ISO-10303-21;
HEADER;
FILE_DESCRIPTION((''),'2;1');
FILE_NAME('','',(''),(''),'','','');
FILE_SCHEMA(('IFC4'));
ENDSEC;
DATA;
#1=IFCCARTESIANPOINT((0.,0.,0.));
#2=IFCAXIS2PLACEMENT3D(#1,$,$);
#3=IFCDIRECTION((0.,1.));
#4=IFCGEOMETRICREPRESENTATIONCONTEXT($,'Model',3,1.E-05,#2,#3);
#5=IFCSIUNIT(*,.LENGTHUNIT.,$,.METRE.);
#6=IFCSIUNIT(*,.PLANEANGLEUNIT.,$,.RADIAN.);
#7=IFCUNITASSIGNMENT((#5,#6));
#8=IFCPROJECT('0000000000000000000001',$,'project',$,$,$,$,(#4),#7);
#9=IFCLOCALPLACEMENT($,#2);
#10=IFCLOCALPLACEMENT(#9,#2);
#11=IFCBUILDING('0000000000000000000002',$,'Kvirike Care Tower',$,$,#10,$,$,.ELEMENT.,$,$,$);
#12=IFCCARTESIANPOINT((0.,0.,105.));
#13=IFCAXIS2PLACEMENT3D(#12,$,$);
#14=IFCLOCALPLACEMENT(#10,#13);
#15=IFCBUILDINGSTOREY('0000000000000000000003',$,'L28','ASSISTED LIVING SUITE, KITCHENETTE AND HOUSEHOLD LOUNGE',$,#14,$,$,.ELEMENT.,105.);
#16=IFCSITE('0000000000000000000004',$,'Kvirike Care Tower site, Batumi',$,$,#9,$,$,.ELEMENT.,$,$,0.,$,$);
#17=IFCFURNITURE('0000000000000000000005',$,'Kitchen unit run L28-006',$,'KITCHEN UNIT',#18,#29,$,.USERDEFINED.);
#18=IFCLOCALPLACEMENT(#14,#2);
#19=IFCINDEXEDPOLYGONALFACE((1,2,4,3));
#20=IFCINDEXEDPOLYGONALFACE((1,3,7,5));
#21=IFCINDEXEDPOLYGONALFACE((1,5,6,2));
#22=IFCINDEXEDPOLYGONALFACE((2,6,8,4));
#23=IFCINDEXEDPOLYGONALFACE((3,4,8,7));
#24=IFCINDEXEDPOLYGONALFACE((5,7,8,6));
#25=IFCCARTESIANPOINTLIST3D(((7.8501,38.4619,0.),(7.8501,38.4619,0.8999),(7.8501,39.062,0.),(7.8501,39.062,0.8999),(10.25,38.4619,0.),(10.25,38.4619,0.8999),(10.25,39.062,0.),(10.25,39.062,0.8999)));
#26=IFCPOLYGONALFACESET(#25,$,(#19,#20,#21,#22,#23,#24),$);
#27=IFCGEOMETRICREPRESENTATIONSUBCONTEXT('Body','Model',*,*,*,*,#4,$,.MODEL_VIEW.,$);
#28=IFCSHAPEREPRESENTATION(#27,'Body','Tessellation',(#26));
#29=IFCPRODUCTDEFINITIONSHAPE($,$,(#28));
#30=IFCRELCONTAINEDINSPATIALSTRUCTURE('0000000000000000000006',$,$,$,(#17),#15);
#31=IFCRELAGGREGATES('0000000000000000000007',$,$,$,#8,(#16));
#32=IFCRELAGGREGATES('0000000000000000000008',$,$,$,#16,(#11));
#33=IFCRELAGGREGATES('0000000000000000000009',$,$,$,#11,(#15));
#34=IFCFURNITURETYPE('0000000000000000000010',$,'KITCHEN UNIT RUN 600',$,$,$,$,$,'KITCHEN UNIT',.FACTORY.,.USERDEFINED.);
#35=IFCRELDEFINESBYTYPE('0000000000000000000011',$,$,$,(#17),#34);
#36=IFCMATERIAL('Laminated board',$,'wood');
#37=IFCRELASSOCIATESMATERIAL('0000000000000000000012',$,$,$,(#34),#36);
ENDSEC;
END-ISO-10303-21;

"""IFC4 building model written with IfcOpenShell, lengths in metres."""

from ifc_helpers import new_model, si_unit, direction, frame, origin, origin_2d, place, context, subcontext, project, spatial, rectangle, extrude, material, type_object, element, save


model = new_model("IFC4")

# Units and contexts
model_context = context("Model", 3, precision=1e-05, world=origin(), true_north=direction((0.0, 1.0)))
body_context = subcontext(model_context, "Body", "Model", "MODEL_VIEW")
ifc_project = project(units=[si_unit("LENGTHUNIT", "METRE"), si_unit("PLANEANGLEUNIT", "RADIAN")], contexts=[model_context])

# Site, building, storey
site_placement = place(None, origin())
site = spatial("IfcSite", under=ifc_project, at=site_placement, Name="Kvirike Care Tower site, Batumi", CompositionType="ELEMENT", RefElevation=0.0)
building_placement = place(site_placement, origin())
building = spatial("IfcBuilding", under=site, at=building_placement, Name="Kvirike Care Tower", CompositionType="ELEMENT")
storey_placement = place(building_placement, frame((0.0, 0.0, 105.0)))
storey = spatial("IfcBuildingStorey", under=building, at=storey_placement, Name="L28", Description="ASSISTED LIVING SUITE, KITCHENETTE AND HOUSEHOLD LOUNGE", CompositionType="ELEMENT", Elevation=105.0)

# Furniture
ifc_material_1 = material(Name="Laminated board", Category="wood")
furniture_type = type_object("IfcFurnitureType", Name="KITCHEN UNIT RUN 600", ElementType="KITCHEN UNIT", AssemblyPlace="FACTORY", PredefinedType="USERDEFINED", material=ifc_material_1)
furniture_placement = place(storey_placement, frame((9.05, 38.762, 0.0), z_axis=(0.0, 0.0, 1.0), x_axis=(-1.0, 0.0, 0.0)))
element("IfcFurniture", 1, at=furniture_placement, inside=storey, type_object=furniture_type, Name="Kitchen unit run L28-006", ObjectType="KITCHEN UNIT", PredefinedType="USERDEFINED", context=body_context, shape_type="SweptSolid", body=[
    extrude(rectangle(XDim=2.3999, YDim=0.6001, at=origin_2d()), origin(), (0.0, 0.0, 1.0), 0.8999),
])

save(model, "model.ifc")
